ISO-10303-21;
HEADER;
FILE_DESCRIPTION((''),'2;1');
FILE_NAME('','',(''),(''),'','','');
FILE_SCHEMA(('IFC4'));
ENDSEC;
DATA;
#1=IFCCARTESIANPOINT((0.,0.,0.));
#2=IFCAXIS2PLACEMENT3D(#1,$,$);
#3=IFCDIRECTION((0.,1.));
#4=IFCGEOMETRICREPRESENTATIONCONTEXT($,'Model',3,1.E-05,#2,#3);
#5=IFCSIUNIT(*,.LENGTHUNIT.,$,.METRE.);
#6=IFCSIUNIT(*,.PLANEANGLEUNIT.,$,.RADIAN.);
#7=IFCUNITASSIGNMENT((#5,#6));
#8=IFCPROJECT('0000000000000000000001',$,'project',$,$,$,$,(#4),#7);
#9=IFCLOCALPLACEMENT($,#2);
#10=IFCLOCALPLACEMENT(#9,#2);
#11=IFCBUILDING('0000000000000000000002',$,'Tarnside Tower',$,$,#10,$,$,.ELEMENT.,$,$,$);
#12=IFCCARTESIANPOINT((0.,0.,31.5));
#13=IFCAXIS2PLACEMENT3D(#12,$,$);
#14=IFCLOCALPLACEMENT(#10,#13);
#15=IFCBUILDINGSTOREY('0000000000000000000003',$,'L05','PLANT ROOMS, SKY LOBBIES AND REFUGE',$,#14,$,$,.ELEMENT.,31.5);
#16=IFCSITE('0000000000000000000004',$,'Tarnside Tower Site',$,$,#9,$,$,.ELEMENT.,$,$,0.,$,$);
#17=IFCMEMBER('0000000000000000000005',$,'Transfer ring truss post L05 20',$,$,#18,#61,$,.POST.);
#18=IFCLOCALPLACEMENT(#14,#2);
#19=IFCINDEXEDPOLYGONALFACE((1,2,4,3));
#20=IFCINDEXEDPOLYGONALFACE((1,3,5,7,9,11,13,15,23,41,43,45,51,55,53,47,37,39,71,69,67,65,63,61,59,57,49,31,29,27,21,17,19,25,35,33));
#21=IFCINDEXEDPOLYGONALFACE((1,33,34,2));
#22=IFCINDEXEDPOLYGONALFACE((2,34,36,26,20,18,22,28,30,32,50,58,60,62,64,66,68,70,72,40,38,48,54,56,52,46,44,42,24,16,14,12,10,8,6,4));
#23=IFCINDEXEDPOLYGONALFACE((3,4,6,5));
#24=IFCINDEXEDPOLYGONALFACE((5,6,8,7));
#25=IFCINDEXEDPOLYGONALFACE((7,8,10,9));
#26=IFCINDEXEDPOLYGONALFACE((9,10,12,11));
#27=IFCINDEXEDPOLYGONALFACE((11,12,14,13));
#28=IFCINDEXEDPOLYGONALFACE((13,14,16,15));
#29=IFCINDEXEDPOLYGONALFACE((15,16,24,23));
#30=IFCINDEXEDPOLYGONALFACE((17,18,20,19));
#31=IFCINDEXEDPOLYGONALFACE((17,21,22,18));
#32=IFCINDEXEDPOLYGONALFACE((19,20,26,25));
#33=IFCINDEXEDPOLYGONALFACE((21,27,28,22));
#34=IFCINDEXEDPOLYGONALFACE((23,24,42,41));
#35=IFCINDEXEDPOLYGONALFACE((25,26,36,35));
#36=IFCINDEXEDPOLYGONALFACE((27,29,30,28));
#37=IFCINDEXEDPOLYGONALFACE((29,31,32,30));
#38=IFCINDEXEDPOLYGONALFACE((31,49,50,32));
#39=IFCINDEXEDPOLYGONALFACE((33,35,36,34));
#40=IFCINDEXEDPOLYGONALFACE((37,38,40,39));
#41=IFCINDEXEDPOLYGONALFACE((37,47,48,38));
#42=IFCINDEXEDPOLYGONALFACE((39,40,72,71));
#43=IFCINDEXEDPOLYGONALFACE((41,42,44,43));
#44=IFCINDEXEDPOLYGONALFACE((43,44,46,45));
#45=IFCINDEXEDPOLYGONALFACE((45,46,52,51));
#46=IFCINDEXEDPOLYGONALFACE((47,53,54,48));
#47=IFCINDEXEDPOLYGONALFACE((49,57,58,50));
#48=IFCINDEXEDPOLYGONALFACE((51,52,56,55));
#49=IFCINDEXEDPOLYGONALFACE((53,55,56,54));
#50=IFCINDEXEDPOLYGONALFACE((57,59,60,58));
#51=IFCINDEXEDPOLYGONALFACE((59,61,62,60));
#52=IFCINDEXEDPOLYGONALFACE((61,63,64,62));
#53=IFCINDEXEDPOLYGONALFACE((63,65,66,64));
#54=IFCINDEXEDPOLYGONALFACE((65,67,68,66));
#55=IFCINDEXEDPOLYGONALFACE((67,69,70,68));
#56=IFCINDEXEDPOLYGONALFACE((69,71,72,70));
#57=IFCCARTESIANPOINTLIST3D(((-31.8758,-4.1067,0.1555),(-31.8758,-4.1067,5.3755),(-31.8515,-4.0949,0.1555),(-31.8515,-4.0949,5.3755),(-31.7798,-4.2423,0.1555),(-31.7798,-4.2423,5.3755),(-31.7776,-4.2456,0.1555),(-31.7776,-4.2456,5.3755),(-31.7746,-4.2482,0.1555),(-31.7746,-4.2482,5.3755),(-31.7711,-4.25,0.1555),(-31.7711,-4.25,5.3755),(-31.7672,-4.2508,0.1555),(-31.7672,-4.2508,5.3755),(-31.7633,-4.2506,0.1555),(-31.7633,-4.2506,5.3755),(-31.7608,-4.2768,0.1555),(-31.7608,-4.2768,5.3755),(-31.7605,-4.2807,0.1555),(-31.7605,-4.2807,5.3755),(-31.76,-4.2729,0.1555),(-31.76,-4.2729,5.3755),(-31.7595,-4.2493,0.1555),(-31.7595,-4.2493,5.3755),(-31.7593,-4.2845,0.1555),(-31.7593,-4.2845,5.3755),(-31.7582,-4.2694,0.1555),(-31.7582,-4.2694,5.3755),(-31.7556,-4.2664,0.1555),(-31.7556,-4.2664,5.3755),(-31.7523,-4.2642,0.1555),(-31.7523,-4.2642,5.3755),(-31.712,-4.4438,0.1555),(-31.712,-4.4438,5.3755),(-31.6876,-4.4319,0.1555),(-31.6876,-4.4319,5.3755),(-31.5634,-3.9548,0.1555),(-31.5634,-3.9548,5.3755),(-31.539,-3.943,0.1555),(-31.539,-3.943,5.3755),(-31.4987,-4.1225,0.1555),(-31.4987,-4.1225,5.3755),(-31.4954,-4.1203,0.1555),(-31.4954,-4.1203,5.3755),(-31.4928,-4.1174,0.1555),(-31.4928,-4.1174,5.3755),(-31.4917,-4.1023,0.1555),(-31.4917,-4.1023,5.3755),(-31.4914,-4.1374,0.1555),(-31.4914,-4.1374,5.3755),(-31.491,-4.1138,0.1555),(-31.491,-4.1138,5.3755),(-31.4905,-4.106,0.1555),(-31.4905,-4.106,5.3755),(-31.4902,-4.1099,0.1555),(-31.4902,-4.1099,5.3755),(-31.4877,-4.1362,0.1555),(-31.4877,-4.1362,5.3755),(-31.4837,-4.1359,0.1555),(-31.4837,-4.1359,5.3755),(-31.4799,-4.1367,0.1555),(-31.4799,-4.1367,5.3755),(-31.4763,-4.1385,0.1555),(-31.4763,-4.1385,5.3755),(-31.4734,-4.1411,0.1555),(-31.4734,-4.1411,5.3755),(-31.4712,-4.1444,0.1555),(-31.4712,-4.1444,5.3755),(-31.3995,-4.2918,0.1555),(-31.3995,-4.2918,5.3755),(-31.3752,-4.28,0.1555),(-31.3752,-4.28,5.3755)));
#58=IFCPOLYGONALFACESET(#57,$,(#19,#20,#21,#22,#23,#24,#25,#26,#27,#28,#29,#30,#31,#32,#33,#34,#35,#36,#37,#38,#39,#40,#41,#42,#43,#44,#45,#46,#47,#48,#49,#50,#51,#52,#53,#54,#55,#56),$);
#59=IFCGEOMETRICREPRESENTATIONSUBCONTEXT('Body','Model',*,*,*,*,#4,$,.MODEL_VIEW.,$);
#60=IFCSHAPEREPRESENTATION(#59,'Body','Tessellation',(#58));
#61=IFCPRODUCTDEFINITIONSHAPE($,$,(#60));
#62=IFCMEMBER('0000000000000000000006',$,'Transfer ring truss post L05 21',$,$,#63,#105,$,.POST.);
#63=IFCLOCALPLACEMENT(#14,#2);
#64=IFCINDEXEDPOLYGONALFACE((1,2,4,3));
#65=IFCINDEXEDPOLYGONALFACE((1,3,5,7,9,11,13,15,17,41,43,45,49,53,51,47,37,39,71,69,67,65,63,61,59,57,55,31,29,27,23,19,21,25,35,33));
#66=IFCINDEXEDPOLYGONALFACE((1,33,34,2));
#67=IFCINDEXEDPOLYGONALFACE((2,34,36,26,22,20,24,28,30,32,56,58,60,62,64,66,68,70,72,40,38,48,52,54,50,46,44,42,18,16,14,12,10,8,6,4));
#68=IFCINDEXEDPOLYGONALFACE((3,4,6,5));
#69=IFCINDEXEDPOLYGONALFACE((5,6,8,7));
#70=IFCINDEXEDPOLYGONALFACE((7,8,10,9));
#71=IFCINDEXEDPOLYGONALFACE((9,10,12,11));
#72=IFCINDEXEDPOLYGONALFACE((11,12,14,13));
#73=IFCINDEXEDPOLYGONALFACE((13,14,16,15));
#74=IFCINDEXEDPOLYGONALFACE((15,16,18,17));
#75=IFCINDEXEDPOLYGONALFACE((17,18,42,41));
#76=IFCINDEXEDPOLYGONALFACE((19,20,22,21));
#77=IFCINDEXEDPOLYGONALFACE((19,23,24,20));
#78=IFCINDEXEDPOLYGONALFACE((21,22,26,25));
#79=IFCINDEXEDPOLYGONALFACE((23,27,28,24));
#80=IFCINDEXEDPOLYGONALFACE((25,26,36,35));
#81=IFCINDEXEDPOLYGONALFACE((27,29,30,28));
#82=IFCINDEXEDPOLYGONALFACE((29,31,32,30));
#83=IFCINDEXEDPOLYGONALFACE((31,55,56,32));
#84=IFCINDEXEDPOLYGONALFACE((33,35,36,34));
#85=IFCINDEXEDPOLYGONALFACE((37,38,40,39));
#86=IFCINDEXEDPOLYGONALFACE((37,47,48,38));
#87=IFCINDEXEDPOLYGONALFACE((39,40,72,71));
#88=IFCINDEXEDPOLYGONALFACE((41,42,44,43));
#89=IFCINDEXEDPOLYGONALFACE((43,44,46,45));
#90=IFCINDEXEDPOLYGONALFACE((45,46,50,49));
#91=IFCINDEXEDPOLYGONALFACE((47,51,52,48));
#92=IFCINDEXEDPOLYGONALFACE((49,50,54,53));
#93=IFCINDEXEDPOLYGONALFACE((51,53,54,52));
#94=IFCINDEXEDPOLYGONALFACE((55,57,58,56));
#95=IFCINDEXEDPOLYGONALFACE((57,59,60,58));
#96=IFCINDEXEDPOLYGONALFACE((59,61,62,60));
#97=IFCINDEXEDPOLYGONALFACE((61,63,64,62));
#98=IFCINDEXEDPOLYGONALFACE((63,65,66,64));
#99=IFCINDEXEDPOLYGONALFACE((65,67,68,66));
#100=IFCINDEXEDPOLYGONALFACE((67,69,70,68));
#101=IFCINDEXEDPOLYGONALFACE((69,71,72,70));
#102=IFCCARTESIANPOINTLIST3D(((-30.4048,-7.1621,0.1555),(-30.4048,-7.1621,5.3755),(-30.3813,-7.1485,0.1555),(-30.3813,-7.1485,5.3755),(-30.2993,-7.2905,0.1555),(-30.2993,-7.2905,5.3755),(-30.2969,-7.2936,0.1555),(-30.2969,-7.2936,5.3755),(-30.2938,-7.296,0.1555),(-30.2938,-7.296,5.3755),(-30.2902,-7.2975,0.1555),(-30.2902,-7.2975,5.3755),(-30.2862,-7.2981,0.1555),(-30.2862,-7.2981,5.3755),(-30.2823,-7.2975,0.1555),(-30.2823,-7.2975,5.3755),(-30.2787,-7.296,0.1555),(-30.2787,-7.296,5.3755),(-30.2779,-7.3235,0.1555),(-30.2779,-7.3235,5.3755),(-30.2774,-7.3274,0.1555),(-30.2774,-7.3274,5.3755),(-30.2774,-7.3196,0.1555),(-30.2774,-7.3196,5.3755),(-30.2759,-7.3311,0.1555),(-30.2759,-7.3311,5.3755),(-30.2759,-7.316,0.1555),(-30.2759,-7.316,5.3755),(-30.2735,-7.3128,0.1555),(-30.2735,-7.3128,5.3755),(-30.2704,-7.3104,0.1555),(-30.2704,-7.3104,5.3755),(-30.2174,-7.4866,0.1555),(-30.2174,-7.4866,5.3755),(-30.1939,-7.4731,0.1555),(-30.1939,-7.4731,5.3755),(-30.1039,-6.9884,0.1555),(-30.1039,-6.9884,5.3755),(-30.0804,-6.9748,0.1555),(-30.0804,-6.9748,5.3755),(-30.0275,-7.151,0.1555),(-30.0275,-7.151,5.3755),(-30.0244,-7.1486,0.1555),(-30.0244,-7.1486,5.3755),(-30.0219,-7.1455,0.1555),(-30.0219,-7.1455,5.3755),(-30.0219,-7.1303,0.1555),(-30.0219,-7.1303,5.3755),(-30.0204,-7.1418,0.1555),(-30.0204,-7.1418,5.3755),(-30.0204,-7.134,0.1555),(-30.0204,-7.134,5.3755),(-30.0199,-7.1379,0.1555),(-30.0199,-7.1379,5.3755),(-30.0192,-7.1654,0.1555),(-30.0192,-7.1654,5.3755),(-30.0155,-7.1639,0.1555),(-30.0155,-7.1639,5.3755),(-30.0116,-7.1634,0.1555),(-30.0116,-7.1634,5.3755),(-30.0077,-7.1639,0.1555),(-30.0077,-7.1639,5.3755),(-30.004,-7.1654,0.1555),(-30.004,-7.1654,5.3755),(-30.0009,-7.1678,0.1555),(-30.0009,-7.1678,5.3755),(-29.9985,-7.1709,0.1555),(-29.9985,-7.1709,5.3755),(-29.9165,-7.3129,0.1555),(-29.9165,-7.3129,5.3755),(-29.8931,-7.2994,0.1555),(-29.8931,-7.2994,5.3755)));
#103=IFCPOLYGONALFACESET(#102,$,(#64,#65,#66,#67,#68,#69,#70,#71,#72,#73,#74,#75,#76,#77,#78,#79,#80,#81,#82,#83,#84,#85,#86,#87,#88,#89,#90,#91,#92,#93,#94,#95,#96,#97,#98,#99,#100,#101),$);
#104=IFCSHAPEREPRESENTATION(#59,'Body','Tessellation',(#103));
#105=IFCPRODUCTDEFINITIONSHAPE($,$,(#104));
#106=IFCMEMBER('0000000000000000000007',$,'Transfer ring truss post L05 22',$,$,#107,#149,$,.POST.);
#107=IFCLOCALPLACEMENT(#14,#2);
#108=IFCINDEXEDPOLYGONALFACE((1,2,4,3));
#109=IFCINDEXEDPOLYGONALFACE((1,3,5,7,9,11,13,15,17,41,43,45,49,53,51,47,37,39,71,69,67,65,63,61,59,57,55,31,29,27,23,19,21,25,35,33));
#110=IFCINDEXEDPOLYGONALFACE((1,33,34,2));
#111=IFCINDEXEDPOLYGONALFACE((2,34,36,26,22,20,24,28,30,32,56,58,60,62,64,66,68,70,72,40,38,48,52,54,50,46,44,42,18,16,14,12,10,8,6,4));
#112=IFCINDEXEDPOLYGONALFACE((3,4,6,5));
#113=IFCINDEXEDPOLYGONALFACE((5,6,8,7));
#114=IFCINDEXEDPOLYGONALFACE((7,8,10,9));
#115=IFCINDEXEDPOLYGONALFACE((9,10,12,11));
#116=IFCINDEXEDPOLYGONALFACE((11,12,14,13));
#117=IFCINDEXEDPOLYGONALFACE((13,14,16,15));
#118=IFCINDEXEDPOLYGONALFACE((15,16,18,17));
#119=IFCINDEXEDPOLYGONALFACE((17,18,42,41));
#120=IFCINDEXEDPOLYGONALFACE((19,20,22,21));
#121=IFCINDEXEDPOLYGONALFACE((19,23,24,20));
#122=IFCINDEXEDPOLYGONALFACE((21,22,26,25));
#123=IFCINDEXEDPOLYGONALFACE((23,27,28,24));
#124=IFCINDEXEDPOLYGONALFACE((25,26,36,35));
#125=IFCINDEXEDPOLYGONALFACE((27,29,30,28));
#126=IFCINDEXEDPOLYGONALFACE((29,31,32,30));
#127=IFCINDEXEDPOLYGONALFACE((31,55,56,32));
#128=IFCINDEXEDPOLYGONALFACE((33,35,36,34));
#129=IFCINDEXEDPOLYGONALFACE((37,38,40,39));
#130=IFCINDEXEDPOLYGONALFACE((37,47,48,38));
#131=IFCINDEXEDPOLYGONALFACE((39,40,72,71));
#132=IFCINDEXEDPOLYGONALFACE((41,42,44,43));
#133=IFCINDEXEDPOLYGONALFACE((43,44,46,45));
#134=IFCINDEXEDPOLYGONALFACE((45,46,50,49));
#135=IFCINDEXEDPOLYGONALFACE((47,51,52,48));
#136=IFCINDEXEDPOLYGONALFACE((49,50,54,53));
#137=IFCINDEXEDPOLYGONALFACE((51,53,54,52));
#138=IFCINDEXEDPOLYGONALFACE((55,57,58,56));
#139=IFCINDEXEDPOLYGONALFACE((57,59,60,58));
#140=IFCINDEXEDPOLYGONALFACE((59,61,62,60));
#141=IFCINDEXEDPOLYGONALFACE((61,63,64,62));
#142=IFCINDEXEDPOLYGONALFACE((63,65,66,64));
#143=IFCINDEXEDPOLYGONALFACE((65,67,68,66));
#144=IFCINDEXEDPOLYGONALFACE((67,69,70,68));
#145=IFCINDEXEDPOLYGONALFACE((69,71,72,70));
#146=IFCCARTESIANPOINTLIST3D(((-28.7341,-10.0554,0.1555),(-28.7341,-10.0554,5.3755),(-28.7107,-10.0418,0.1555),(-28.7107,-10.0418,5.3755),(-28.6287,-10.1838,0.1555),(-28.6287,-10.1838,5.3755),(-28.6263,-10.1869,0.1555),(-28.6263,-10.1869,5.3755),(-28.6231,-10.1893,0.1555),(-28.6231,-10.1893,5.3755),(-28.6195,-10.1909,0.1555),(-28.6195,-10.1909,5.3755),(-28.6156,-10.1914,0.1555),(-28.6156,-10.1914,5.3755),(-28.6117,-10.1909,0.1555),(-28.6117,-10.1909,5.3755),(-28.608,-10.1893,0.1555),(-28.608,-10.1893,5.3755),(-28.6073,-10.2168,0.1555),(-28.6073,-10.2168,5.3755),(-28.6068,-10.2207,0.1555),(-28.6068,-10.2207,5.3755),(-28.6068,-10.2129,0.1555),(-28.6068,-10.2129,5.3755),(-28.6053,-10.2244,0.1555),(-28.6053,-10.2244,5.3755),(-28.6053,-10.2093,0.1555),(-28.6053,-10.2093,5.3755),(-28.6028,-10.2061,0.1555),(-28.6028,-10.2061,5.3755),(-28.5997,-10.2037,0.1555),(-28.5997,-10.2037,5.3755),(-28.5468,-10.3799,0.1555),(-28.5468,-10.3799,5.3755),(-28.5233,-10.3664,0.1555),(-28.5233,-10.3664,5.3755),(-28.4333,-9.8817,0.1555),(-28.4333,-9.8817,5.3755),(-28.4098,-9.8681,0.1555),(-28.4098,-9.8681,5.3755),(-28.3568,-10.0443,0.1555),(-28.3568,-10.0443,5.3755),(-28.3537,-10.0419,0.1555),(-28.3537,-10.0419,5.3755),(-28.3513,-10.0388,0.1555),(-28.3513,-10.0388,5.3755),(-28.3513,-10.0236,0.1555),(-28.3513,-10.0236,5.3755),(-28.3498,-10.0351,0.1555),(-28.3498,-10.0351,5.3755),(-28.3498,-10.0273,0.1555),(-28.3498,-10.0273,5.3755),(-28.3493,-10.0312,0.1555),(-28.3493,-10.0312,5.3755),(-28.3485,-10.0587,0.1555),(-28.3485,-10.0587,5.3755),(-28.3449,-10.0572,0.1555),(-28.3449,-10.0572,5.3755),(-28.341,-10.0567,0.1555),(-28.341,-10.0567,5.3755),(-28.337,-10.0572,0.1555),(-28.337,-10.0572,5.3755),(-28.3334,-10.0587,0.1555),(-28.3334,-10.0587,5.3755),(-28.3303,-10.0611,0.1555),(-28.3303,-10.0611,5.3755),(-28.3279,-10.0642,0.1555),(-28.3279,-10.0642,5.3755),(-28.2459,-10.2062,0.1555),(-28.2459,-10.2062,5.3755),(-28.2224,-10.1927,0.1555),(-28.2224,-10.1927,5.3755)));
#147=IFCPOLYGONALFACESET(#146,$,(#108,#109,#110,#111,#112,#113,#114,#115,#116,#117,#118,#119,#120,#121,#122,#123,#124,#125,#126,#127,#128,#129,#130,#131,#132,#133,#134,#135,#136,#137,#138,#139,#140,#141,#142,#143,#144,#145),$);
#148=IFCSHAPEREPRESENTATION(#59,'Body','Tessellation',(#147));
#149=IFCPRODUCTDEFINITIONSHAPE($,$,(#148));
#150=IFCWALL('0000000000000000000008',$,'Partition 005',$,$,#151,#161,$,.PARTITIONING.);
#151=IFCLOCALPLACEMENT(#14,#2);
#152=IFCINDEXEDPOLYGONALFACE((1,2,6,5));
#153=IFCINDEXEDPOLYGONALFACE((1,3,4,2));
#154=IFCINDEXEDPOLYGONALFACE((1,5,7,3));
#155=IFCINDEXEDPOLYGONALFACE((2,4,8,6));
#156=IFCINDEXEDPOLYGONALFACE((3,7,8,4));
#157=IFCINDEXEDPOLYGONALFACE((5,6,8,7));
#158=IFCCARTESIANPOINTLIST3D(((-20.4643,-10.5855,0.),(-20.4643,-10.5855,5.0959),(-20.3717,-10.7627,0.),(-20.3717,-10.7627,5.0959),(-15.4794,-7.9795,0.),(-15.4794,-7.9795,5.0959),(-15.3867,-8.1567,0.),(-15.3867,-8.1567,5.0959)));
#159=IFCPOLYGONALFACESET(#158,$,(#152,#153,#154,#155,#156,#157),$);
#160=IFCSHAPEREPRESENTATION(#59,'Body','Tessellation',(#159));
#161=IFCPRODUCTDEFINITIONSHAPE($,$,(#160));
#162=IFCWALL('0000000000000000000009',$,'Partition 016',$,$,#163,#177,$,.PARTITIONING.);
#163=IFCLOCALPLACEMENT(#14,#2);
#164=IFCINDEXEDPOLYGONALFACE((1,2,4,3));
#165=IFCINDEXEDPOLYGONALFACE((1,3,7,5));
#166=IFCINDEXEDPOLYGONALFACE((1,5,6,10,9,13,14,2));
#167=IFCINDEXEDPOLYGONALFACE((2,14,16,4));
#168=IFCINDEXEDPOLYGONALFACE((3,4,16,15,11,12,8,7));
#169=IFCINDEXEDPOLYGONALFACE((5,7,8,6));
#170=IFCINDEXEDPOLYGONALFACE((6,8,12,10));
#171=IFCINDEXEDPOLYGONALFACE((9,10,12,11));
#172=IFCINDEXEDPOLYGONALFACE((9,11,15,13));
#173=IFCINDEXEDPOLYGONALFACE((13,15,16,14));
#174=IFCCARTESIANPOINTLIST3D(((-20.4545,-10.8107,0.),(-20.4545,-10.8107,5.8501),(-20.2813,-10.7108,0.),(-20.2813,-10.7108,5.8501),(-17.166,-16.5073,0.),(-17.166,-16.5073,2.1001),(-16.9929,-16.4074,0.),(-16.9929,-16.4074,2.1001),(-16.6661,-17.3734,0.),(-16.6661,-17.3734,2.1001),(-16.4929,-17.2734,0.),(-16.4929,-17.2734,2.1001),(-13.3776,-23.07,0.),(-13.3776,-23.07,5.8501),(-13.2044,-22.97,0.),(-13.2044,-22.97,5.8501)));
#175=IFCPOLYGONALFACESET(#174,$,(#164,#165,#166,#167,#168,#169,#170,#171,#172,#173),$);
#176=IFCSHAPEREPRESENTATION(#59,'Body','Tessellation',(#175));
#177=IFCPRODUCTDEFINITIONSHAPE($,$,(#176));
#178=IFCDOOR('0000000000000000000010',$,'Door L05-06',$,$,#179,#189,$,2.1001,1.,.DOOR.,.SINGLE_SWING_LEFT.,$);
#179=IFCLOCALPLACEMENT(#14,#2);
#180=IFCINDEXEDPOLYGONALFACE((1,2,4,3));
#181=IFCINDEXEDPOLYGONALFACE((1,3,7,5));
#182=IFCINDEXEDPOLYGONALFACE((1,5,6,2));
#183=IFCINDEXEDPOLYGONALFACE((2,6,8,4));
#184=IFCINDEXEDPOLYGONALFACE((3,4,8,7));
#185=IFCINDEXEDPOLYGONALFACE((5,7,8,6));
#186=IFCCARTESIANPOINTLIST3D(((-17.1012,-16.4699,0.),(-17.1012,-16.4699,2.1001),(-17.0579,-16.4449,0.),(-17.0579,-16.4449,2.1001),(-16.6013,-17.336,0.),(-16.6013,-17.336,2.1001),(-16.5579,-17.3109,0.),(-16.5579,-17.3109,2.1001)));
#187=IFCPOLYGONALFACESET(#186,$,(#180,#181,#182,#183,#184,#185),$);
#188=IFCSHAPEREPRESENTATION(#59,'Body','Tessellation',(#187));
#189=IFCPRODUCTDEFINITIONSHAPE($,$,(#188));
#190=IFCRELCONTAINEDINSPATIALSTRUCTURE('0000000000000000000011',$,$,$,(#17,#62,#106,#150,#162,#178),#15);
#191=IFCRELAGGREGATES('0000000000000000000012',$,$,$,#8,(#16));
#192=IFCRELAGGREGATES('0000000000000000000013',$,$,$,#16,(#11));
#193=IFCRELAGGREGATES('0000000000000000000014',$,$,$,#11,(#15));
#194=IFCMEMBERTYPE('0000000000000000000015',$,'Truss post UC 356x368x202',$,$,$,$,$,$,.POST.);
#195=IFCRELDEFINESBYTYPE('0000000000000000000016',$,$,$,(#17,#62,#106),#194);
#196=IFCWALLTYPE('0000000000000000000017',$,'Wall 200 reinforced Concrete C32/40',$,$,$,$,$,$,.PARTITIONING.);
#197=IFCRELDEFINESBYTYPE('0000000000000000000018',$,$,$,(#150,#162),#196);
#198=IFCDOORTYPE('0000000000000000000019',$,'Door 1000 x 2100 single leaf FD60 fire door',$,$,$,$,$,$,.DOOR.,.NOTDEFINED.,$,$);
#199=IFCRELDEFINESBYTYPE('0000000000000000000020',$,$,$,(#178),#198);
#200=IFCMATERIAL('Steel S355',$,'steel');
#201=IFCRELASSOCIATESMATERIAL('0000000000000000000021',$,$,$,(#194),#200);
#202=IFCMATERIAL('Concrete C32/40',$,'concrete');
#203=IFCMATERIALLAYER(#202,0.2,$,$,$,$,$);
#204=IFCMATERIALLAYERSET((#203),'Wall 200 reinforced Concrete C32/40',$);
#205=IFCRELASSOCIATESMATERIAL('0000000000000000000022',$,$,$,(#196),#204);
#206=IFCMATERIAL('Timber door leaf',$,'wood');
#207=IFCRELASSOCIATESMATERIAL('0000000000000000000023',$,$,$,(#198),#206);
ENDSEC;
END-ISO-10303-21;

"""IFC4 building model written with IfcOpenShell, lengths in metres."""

from ifc_helpers import new_model, si_unit, direction, frame, frame_2d, origin, origin_2d, place, context, subcontext, project, spatial, rectangle, i_section, extrude, material, layer, layer_set, material_profile, profile_set, type_object, element, fill, save


model = new_model("IFC4")

# Units and contexts
model_context = context("Model", 3, precision=1e-05, world=origin(), true_north=direction((0.0, 1.0)))
body_context = subcontext(model_context, "Body", "Model", "MODEL_VIEW")
ifc_project = project(units=[si_unit("LENGTHUNIT", "METRE"), si_unit("PLANEANGLEUNIT", "RADIAN")], contexts=[model_context])

# Site, building, storey
site_placement = place(None, origin())
site = spatial("IfcSite", under=ifc_project, at=site_placement, Name="Tarnside Tower Site", CompositionType="ELEMENT", RefElevation=0.0)
building_placement = place(site_placement, origin())
building = spatial("IfcBuilding", under=site, at=building_placement, Name="Tarnside Tower", CompositionType="ELEMENT")
storey_placement = place(building_placement, frame((0.0, 0.0, 31.5)))
storey = spatial("IfcBuildingStorey", under=building, at=storey_placement, Name="L05", Description="PLANT ROOMS, SKY LOBBIES AND REFUGE", CompositionType="ELEMENT", Elevation=31.5)

# Shared definitions
ifc_material_1 = material(Name="Steel S355", Category="steel")

# Members
ifc_material_profile_1 = material_profile(ifc_material_1, i_section(OverallWidth=0.3748, OverallDepth=0.3745, WebThickness=0.0166, FlangeThickness=0.0271, FilletRadius=0.0151, at=origin_2d()), Name="UC 356x368x202")
ifc_profile_set_1 = profile_set([ifc_material_profile_1], Name="Steel S355")
member_type_1 = type_object("IfcMemberType", Name="Truss post UC 356x368x202", PredefinedType="POST", material=ifc_profile_set_1)
for number, where, z_axis, x_axis, name in (
    (1, (-31.6255, -4.1934, 0.1555), (0.0, 0.0, 1.0), (0.437252, -0.899339, 0.0), "Transfer ring truss post L05 20"),
    (2, (-30.1489, -7.2307, 0.1555), (0.0, 0.0, 1.0), (0.5, -0.866025, 0.0), "Transfer ring truss post L05 21"),
    (3, (-28.4783, -10.124, 0.1555), (0.0, 0.0, 1.0), (0.5, -0.866025, 0.0), "Transfer ring truss post L05 22"),
):
    element("IfcMember", number, at=place(storey_placement, frame(where, z_axis=z_axis, x_axis=x_axis)), inside=storey, type_object=member_type_1, Name=name, PredefinedType="POST", context=body_context, shape_type="SweptSolid", body=[
        extrude(i_section(OverallWidth=0.3748, OverallDepth=0.3745, WebThickness=0.0166, FlangeThickness=0.0271, FilletRadius=0.0151, at=origin_2d()), origin(), (0.0, 0.0, 1.0), 5.22),
    ])

# Wall
ifc_material_2 = material(Name="Concrete C32/40", Category="concrete")
ifc_layer_1 = layer(ifc_material_2, 0.2)
ifc_layer_set_1 = layer_set([ifc_layer_1], Name="Wall 200 reinforced Concrete C32/40")
wall_type_1 = type_object("IfcWallType", Name="Wall 200 reinforced Concrete C32/40", PredefinedType="PARTITIONING", material=ifc_layer_set_1)
wall_1_placement = place(storey_placement, frame((-20.418, -10.6741, 0.0), z_axis=(0.0, 0.0, 1.0), x_axis=(0.886208, 0.463287, 0.0)))
element("IfcWall", 4, at=wall_1_placement, inside=storey, type_object=wall_type_1, Name="Partition 005", PredefinedType="PARTITIONING", context=body_context, shape_type="SweptSolid", body=[
    extrude(rectangle(XDim=5.625, YDim=0.2, at=frame_2d((2.8125, 0.0))), origin(), (0.0, 0.0, 1.0), 5.0959),
])

# Wall, opening, door
wall_2_placement = place(storey_placement, frame((-20.3679, -10.7607, 0.0), z_axis=(0.0, 0.0, 1.0), x_axis=(0.499947, -0.866056, 0.0)))
wall_2 = element("IfcWall", 5, at=wall_2_placement, inside=storey, type_object=wall_type_1, Name="Partition 016", PredefinedType="PARTITIONING", context=body_context, shape_type="SweptSolid", body=[
    extrude(rectangle(XDim=14.1553, YDim=0.2, at=frame_2d((7.0776, 0.0))), origin(), (0.0, 0.0, 1.0), 5.8501),
])
opening_1_placement = place(wall_2_placement, frame((6.5776, 0.0, 0.0)))
opening_1 = element("IfcOpeningElement", 6, at=opening_1_placement, cuts=wall_2, PredefinedType="OPENING", context=body_context, shape_type="SweptSolid", body=[
    extrude(rectangle(XDim=1.0, YDim=2.1001, at=frame_2d((0.5, 1.05))), frame((0.0, 0.1099, 0.0), z_axis=(0.0, -1.0, 0.0), x_axis=(1.0, 0.0, 0.0)), (0.0, 0.0, 1.0), 0.22),
])
ifc_material_3 = material(Name="Timber door leaf", Category="wood")
door_type_1 = type_object("IfcDoorType", Name="Door 1000 x 2100 single leaf FD60 fire door", OperationType="NOTDEFINED", PredefinedType="DOOR", material=ifc_material_3)
door_1_placement = place(opening_1_placement, origin())
door_1 = element("IfcDoor", 7, at=door_1_placement, inside=storey, type_object=door_type_1, Name="Door L05-06", OperationType="SINGLE_SWING_LEFT", OverallHeight=2.1001, OverallWidth=1.0, PredefinedType="DOOR", context=body_context, shape_type="SweptSolid", body=[
    extrude(rectangle(XDim=1.0, YDim=2.1001, at=frame_2d((0.5, 1.05))), frame((0.0, 0.0249, 0.0), z_axis=(0.0, -1.0, 0.0), x_axis=(1.0, 0.0, 0.0)), (0.0, 0.0, 1.0), 0.05),
])
fill(opening_1, door_1)

save(model, "model.ifc")
